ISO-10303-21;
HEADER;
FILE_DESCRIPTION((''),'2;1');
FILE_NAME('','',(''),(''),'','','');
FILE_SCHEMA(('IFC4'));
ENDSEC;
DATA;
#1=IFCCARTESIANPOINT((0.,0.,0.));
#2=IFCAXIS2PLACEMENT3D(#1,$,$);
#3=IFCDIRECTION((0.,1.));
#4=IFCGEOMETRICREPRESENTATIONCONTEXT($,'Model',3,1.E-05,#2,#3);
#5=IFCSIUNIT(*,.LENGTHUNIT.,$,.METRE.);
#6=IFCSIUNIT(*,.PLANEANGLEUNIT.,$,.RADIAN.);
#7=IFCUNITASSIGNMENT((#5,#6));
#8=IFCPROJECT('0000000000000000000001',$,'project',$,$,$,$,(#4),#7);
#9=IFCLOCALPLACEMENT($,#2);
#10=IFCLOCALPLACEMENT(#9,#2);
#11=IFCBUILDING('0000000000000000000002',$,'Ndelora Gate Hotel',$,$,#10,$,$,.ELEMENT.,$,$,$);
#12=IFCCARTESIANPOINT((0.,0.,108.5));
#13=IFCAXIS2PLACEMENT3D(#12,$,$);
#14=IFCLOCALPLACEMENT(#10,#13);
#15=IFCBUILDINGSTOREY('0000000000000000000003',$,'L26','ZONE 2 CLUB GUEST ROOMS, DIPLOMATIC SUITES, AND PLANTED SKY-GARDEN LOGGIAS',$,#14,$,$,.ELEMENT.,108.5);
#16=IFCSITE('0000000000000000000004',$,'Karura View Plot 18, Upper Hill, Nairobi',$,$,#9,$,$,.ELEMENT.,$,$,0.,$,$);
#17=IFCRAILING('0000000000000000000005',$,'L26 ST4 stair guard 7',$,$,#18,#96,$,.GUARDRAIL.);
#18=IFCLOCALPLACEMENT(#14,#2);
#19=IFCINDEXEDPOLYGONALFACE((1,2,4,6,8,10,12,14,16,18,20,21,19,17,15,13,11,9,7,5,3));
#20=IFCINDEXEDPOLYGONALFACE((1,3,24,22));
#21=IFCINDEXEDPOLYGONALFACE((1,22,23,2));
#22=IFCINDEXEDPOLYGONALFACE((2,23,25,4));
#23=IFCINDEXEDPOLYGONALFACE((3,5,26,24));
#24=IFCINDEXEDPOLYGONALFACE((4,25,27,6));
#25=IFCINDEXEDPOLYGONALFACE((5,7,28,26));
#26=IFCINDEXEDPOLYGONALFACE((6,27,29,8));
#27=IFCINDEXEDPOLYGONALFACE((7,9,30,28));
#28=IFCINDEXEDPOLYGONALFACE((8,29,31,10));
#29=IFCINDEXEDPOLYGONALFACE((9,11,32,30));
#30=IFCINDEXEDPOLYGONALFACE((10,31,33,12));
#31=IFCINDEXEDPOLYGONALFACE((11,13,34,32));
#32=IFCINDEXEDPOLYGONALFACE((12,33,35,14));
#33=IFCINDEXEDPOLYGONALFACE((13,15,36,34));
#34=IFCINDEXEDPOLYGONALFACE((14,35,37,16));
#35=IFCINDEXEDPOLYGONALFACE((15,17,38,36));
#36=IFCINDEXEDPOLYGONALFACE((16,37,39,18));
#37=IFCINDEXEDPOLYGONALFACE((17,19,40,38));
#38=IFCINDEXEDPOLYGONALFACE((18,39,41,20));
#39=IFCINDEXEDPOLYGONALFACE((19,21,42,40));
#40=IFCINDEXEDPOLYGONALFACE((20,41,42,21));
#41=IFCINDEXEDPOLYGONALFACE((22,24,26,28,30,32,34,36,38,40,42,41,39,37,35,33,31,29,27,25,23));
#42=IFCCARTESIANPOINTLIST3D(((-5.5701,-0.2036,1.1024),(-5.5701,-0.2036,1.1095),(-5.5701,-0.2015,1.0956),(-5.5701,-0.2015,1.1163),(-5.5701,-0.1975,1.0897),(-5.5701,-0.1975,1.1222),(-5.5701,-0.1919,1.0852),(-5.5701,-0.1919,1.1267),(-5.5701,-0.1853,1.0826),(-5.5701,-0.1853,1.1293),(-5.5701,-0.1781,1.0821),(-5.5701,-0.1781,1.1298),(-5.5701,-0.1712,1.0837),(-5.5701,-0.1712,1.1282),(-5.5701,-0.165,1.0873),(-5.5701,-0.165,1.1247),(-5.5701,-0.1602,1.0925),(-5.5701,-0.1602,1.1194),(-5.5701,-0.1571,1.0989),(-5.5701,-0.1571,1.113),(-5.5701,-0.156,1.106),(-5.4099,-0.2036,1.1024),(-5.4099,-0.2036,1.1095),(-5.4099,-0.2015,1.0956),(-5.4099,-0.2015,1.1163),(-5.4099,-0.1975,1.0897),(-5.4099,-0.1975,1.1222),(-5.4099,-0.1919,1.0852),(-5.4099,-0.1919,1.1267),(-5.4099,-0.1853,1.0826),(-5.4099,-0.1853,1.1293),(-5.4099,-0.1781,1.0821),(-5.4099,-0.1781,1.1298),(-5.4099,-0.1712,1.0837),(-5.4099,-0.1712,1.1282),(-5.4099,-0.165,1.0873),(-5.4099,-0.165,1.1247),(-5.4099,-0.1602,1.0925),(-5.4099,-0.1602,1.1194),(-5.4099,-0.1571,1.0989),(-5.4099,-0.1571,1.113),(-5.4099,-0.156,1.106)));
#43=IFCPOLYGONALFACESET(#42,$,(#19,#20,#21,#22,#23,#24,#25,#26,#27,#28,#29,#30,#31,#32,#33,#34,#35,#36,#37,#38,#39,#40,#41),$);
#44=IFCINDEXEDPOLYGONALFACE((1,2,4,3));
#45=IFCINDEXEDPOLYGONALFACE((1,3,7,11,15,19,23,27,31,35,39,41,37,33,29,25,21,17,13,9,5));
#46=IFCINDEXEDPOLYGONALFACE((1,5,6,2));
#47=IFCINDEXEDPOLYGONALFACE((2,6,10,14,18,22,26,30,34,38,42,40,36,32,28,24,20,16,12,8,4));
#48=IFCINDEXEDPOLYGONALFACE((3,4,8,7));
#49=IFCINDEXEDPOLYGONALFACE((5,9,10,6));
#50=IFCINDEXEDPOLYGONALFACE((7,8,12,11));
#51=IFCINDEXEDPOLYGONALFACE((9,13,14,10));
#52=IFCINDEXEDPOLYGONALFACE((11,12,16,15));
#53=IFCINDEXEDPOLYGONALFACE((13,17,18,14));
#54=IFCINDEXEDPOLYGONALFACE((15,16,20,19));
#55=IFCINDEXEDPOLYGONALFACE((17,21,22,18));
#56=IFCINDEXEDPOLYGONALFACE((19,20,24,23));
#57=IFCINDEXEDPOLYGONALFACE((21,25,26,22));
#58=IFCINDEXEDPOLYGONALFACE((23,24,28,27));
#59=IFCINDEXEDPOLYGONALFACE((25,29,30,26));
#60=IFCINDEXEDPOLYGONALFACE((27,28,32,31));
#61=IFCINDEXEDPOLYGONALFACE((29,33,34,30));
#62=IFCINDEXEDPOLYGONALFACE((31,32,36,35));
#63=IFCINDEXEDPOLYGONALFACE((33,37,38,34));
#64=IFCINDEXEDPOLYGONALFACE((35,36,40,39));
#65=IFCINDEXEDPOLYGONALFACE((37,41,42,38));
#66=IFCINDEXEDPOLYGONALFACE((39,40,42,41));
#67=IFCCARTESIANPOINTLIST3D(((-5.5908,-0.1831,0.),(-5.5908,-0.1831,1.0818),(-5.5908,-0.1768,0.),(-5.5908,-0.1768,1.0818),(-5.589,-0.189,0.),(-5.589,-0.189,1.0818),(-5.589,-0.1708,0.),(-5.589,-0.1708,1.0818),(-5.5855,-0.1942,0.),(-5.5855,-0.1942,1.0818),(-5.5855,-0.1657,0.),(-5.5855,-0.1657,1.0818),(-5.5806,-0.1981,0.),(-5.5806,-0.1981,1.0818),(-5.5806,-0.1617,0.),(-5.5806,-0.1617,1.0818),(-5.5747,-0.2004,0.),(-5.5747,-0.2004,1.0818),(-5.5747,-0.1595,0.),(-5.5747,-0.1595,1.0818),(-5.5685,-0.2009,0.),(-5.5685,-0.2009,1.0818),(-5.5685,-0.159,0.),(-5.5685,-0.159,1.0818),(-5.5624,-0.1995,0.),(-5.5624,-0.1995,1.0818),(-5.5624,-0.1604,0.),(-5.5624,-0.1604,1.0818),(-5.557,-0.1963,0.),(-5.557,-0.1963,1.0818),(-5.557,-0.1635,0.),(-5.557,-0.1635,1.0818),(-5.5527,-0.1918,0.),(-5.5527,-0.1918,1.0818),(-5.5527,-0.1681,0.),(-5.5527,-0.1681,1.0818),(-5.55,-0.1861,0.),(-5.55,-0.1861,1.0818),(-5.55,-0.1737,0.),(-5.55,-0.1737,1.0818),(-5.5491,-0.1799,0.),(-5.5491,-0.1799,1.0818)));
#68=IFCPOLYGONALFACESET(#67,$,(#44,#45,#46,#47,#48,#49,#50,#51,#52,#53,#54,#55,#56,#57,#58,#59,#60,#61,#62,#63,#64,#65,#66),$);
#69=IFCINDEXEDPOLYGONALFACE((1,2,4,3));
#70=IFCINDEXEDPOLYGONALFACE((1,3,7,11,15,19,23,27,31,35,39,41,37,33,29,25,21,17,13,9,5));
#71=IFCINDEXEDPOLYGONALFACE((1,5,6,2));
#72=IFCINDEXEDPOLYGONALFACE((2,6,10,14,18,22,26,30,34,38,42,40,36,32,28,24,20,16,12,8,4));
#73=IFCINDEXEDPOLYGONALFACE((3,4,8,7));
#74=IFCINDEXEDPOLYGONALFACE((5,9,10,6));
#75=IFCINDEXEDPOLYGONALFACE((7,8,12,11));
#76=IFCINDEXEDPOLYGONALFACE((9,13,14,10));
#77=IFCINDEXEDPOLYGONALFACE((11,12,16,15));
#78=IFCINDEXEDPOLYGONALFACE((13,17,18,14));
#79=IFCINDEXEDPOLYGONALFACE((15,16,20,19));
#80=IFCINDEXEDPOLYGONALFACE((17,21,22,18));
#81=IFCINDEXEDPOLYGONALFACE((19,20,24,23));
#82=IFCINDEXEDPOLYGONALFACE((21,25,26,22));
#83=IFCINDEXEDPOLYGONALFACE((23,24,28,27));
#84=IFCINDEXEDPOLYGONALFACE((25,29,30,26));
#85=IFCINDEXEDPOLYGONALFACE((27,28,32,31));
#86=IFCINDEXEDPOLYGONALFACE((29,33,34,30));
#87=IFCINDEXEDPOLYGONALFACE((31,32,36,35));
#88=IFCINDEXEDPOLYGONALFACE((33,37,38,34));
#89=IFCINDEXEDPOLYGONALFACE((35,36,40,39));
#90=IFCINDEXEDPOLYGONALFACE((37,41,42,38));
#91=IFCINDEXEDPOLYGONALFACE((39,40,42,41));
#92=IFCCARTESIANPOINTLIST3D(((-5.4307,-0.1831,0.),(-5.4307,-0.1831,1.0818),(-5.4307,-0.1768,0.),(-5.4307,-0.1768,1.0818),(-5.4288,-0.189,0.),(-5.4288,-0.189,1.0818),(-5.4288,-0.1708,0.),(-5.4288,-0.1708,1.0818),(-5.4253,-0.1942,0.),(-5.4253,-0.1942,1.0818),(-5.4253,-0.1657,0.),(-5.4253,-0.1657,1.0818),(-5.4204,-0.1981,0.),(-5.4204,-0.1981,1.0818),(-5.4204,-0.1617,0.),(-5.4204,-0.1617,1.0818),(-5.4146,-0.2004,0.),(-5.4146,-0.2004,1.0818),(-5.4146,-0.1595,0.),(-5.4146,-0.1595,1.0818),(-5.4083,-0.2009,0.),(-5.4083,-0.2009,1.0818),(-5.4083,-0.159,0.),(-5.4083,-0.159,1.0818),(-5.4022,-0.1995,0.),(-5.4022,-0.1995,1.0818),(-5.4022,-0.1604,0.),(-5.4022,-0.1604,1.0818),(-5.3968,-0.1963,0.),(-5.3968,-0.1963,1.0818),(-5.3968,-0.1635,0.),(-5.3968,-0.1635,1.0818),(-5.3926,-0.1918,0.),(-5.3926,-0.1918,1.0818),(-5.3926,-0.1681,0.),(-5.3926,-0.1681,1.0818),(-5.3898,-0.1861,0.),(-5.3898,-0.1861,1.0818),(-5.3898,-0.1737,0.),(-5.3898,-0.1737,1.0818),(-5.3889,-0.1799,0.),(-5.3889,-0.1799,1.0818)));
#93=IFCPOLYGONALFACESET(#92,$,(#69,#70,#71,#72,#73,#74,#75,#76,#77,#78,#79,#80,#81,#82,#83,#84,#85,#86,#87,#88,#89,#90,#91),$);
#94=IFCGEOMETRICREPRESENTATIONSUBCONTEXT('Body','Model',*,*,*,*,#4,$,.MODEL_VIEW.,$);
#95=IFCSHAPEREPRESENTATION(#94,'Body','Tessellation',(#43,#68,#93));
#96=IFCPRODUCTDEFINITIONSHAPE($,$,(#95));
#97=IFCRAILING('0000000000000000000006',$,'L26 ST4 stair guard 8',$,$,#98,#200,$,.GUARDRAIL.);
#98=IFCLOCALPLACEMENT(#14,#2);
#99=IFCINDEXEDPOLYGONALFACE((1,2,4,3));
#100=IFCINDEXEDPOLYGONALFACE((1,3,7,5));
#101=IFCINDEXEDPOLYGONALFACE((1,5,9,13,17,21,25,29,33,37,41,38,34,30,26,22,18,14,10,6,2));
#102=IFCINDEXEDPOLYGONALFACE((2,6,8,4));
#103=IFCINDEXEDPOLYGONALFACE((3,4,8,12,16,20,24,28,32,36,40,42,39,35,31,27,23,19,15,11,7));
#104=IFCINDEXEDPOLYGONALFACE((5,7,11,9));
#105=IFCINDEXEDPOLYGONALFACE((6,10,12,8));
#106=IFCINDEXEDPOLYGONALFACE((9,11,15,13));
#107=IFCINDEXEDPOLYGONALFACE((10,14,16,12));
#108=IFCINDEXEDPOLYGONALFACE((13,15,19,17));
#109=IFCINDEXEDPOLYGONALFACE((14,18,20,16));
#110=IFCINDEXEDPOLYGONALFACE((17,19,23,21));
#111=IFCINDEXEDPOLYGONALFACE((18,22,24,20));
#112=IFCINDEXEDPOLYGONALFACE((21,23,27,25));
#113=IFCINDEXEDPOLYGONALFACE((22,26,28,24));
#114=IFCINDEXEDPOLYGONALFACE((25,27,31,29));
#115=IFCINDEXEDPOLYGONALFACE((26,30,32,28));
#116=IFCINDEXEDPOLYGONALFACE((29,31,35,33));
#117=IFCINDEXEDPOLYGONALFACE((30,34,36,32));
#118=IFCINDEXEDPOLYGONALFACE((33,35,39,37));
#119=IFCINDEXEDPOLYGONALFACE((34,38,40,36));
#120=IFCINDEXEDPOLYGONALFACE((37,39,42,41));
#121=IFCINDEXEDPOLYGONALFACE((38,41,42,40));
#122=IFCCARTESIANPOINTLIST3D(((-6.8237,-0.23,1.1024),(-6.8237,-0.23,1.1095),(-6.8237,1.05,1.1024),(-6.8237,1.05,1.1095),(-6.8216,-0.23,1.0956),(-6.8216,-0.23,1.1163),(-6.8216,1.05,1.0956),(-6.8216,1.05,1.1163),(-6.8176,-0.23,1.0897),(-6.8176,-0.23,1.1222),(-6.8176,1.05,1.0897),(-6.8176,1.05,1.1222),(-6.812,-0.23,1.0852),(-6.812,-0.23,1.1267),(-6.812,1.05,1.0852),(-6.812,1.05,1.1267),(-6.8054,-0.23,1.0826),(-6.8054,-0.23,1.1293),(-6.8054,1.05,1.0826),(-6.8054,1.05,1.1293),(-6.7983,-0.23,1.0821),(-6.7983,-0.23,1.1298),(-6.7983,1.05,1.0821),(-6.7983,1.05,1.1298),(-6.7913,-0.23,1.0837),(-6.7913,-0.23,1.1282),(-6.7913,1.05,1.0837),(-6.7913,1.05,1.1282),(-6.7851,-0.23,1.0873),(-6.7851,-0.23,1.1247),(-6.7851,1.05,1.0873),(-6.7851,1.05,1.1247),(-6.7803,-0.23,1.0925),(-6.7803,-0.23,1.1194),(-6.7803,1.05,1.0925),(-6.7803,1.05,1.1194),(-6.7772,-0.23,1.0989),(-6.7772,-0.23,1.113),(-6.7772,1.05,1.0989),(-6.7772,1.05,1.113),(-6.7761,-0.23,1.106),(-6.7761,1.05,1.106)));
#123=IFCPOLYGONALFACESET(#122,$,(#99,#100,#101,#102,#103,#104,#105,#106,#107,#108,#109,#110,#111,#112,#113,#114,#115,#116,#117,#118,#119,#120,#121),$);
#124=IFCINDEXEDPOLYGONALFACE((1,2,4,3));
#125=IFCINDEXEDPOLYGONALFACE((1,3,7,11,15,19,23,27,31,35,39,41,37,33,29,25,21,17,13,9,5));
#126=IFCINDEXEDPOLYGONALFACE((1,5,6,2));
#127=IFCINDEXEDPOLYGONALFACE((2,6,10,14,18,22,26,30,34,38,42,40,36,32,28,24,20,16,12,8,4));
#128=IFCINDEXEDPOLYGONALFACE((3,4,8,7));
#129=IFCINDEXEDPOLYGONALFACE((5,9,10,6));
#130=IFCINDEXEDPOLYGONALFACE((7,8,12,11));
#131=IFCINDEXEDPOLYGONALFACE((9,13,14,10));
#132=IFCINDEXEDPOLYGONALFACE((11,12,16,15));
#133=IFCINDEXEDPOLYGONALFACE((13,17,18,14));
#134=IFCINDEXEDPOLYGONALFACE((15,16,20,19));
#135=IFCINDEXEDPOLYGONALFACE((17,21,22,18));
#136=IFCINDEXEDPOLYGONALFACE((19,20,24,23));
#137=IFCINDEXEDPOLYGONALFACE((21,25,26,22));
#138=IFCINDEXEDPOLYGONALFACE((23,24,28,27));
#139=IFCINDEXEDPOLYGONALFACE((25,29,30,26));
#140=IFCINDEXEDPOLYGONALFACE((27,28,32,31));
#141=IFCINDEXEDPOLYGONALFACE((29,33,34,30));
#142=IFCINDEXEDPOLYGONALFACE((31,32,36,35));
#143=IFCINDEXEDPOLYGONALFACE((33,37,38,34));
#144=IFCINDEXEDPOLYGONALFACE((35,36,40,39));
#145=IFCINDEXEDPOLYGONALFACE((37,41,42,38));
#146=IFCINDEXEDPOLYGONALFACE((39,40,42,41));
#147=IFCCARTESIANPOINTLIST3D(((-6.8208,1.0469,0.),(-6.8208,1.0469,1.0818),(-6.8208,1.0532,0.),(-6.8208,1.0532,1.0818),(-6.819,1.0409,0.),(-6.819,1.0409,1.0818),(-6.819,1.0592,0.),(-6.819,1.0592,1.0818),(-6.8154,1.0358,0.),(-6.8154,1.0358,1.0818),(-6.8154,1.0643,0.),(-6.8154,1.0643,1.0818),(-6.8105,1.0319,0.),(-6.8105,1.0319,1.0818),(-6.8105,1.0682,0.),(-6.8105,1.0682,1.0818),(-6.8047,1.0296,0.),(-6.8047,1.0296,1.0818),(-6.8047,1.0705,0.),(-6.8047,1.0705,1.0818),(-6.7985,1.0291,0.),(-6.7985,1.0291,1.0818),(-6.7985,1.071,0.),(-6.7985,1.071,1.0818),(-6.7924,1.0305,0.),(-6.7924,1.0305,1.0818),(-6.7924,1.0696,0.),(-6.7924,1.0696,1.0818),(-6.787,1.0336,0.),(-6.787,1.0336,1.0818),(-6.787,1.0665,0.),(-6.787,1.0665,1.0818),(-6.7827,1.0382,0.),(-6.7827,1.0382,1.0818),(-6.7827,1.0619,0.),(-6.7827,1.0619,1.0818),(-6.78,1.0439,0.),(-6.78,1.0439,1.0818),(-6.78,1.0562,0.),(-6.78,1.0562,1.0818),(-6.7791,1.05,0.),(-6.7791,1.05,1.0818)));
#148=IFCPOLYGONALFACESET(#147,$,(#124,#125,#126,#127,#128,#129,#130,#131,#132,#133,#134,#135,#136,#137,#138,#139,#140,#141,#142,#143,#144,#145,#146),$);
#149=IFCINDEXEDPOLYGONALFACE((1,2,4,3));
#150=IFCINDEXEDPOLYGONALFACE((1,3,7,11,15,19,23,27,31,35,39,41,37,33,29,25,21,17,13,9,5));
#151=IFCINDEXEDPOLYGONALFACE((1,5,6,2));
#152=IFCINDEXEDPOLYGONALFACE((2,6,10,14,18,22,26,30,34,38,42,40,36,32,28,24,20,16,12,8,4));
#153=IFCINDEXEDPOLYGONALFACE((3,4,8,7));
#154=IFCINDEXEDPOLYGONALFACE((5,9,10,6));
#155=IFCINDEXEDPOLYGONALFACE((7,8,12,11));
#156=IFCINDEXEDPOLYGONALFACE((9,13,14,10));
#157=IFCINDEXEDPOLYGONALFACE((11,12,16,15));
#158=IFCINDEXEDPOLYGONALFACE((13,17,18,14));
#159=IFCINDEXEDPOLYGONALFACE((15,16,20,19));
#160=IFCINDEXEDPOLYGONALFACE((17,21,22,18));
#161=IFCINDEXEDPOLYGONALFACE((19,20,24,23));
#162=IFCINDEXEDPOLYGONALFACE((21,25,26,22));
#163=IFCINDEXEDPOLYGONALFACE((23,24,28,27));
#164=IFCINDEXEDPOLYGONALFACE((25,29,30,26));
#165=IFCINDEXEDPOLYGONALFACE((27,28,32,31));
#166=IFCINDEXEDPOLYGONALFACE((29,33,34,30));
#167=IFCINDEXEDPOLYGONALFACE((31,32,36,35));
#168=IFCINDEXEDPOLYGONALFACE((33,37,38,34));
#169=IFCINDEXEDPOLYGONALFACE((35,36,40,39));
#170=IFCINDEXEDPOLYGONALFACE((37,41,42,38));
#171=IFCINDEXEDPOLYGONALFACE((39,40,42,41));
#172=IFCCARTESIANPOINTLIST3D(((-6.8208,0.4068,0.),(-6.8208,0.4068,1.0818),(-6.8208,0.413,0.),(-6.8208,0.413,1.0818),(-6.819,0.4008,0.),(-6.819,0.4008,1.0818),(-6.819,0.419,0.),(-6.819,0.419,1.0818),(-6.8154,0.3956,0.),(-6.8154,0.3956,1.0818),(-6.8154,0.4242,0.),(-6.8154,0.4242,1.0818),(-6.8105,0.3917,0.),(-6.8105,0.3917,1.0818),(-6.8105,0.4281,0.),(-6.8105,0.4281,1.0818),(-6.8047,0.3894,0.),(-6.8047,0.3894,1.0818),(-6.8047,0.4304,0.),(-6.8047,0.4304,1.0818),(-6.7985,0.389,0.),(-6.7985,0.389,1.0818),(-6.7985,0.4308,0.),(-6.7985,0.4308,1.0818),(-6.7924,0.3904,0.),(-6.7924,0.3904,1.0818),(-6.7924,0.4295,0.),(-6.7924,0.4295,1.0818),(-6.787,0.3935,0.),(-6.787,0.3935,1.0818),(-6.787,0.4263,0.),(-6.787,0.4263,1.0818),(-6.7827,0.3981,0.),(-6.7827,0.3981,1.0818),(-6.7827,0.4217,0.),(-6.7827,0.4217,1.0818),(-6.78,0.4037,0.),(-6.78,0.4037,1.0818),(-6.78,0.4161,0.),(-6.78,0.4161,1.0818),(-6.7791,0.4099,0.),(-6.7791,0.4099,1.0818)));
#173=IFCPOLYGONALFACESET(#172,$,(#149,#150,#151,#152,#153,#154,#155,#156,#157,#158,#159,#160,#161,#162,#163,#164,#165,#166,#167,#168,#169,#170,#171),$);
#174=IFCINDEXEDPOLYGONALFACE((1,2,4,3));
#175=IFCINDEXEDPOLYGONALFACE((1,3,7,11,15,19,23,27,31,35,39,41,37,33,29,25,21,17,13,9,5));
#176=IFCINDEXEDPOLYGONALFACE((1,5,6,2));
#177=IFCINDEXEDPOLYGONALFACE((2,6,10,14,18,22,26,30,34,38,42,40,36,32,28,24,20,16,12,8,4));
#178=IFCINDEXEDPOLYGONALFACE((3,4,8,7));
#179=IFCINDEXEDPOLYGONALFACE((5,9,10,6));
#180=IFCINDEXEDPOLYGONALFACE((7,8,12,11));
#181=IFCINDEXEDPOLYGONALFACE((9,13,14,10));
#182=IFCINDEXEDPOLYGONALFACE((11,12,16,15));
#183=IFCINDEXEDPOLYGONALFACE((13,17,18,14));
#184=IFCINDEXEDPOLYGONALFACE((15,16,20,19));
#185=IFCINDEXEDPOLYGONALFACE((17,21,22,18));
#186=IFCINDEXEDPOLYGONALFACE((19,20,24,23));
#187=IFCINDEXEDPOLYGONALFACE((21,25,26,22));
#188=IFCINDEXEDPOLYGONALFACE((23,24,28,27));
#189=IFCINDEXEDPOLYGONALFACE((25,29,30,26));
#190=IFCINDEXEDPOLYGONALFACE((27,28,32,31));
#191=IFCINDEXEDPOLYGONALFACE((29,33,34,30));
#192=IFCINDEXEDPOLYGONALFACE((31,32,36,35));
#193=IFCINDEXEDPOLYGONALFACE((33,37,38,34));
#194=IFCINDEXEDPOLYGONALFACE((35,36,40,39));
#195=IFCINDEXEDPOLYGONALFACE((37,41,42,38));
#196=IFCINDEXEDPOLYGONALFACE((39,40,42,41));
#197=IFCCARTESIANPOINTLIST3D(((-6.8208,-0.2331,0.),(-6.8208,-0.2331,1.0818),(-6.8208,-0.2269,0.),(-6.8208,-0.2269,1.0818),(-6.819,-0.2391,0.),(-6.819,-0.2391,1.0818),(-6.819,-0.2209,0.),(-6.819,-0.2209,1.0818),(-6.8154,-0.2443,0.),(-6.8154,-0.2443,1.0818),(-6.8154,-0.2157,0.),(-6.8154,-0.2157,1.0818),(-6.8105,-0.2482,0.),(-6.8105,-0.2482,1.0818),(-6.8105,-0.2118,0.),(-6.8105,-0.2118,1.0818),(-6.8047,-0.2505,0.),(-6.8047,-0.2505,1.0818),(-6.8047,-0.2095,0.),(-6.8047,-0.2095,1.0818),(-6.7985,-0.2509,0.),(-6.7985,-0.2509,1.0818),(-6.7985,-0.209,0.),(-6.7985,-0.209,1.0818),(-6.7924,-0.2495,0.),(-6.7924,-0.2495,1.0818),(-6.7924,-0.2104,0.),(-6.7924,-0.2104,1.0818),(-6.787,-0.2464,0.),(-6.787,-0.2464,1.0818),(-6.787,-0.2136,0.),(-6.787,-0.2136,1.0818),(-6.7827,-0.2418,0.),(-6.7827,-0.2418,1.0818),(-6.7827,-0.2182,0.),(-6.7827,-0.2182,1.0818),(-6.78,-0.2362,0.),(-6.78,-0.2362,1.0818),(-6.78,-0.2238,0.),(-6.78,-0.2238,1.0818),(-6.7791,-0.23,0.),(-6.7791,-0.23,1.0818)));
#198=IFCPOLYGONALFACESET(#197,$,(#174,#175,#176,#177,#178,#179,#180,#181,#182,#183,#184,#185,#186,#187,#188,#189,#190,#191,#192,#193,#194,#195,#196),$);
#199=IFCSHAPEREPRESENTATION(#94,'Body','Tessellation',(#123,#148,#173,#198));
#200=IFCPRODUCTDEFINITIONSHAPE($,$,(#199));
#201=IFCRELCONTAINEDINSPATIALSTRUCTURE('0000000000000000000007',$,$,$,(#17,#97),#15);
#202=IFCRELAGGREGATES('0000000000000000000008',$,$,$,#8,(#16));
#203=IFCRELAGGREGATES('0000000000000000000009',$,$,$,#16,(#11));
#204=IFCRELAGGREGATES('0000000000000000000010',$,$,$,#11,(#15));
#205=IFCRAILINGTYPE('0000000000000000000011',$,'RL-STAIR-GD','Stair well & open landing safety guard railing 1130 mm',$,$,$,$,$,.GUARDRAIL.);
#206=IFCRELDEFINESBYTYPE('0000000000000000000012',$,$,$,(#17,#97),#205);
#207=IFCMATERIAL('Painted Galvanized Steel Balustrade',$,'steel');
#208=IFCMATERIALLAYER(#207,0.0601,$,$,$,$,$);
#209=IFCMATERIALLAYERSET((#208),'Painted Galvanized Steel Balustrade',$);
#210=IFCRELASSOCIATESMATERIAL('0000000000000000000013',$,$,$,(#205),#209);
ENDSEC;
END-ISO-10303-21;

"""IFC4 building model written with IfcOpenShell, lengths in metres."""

from ifc_helpers import new_model, si_unit, direction, frame, origin, origin_2d, place, context, subcontext, project, spatial, circle, extrude, material, layer, layer_set, type_object, element, save


model = new_model("IFC4")

# Units and contexts
model_context = context("Model", 3, precision=1e-05, world=origin(), true_north=direction((0.0, 1.0)))
body_context = subcontext(model_context, "Body", "Model", "MODEL_VIEW")
ifc_project = project(units=[si_unit("LENGTHUNIT", "METRE"), si_unit("PLANEANGLEUNIT", "RADIAN")], contexts=[model_context])

# Site, building, storey
site_placement = place(None, origin())
site = spatial("IfcSite", under=ifc_project, at=site_placement, Name="Karura View Plot 18, Upper Hill, Nairobi", CompositionType="ELEMENT", RefElevation=0.0)
building_placement = place(site_placement, origin())
building = spatial("IfcBuilding", under=site, at=building_placement, Name="Ndelora Gate Hotel", CompositionType="ELEMENT")
storey_placement = place(building_placement, frame((0.0, 0.0, 108.5)))
storey = spatial("IfcBuildingStorey", under=building, at=storey_placement, Name="L26", Description="ZONE 2 CLUB GUEST ROOMS, DIPLOMATIC SUITES, AND PLANTED SKY-GARDEN LOGGIAS", CompositionType="ELEMENT", Elevation=108.5)

# Railings
ifc_material_1 = material(Name="Painted Galvanized Steel Balustrade", Category="steel")
ifc_layer_1 = layer(ifc_material_1, 0.0601)
ifc_layer_set_1 = layer_set([ifc_layer_1], Name="Painted Galvanized Steel Balustrade")
railing_type_1 = type_object("IfcRailingType", Name="RL-STAIR-GD", Description="Stair well & open landing safety guard railing 1130 mm", PredefinedType="GUARDRAIL", material=ifc_layer_set_1)
railing_1_placement = place(storey_placement, frame((-5.5701, -0.1799, 0.0)))
element("IfcRailing", 1, at=railing_1_placement, inside=storey, type_object=railing_type_1, Name="L26 ST4 stair guard 7", PredefinedType="GUARDRAIL", context=body_context, shape_type="SweptSolid", body=[
    extrude(circle(Radius=0.0239, at=origin_2d()), frame((0.0, 0.0, 1.106), z_axis=(1.0, 0.0, 0.0), x_axis=(0.0, 1.0, 0.0)), (0.0, 0.0, 1.0), 0.1602),
    extrude(circle(Radius=0.021, at=origin_2d()), origin(), (0.0, 0.0, 1.0), 1.0818),
    extrude(circle(Radius=0.021, at=origin_2d()), frame((0.1602, 0.0, 0.0)), (0.0, 0.0, 1.0), 1.0818),
])
for number, where, name in (
    (2, (-6.8, 1.05, 0.0), "L26 ST4 stair guard 8"),
):
    element("IfcRailing", number, at=place(storey_placement, frame(where)), inside=storey, type_object=railing_type_1, Name=name, PredefinedType="GUARDRAIL", context=body_context, shape_type="SweptSolid", body=[
        extrude(circle(Radius=0.0239, at=origin_2d()), frame((0.0, 0.0, 1.106), z_axis=(0.0, -1.0, 0.0), x_axis=(1.0, 0.0, 0.0)), (0.0, 0.0, 1.0), 1.28),
        extrude(circle(Radius=0.021, at=origin_2d()), origin(), (0.0, 0.0, 1.0), 1.0818),
        extrude(circle(Radius=0.021, at=origin_2d()), frame((0.0, -0.6401, 0.0)), (0.0, 0.0, 1.0), 1.0818),
        extrude(circle(Radius=0.021, at=origin_2d()), frame((0.0, -1.28, 0.0)), (0.0, 0.0, 1.0), 1.0818),
    ])

save(model, "model.ifc")
